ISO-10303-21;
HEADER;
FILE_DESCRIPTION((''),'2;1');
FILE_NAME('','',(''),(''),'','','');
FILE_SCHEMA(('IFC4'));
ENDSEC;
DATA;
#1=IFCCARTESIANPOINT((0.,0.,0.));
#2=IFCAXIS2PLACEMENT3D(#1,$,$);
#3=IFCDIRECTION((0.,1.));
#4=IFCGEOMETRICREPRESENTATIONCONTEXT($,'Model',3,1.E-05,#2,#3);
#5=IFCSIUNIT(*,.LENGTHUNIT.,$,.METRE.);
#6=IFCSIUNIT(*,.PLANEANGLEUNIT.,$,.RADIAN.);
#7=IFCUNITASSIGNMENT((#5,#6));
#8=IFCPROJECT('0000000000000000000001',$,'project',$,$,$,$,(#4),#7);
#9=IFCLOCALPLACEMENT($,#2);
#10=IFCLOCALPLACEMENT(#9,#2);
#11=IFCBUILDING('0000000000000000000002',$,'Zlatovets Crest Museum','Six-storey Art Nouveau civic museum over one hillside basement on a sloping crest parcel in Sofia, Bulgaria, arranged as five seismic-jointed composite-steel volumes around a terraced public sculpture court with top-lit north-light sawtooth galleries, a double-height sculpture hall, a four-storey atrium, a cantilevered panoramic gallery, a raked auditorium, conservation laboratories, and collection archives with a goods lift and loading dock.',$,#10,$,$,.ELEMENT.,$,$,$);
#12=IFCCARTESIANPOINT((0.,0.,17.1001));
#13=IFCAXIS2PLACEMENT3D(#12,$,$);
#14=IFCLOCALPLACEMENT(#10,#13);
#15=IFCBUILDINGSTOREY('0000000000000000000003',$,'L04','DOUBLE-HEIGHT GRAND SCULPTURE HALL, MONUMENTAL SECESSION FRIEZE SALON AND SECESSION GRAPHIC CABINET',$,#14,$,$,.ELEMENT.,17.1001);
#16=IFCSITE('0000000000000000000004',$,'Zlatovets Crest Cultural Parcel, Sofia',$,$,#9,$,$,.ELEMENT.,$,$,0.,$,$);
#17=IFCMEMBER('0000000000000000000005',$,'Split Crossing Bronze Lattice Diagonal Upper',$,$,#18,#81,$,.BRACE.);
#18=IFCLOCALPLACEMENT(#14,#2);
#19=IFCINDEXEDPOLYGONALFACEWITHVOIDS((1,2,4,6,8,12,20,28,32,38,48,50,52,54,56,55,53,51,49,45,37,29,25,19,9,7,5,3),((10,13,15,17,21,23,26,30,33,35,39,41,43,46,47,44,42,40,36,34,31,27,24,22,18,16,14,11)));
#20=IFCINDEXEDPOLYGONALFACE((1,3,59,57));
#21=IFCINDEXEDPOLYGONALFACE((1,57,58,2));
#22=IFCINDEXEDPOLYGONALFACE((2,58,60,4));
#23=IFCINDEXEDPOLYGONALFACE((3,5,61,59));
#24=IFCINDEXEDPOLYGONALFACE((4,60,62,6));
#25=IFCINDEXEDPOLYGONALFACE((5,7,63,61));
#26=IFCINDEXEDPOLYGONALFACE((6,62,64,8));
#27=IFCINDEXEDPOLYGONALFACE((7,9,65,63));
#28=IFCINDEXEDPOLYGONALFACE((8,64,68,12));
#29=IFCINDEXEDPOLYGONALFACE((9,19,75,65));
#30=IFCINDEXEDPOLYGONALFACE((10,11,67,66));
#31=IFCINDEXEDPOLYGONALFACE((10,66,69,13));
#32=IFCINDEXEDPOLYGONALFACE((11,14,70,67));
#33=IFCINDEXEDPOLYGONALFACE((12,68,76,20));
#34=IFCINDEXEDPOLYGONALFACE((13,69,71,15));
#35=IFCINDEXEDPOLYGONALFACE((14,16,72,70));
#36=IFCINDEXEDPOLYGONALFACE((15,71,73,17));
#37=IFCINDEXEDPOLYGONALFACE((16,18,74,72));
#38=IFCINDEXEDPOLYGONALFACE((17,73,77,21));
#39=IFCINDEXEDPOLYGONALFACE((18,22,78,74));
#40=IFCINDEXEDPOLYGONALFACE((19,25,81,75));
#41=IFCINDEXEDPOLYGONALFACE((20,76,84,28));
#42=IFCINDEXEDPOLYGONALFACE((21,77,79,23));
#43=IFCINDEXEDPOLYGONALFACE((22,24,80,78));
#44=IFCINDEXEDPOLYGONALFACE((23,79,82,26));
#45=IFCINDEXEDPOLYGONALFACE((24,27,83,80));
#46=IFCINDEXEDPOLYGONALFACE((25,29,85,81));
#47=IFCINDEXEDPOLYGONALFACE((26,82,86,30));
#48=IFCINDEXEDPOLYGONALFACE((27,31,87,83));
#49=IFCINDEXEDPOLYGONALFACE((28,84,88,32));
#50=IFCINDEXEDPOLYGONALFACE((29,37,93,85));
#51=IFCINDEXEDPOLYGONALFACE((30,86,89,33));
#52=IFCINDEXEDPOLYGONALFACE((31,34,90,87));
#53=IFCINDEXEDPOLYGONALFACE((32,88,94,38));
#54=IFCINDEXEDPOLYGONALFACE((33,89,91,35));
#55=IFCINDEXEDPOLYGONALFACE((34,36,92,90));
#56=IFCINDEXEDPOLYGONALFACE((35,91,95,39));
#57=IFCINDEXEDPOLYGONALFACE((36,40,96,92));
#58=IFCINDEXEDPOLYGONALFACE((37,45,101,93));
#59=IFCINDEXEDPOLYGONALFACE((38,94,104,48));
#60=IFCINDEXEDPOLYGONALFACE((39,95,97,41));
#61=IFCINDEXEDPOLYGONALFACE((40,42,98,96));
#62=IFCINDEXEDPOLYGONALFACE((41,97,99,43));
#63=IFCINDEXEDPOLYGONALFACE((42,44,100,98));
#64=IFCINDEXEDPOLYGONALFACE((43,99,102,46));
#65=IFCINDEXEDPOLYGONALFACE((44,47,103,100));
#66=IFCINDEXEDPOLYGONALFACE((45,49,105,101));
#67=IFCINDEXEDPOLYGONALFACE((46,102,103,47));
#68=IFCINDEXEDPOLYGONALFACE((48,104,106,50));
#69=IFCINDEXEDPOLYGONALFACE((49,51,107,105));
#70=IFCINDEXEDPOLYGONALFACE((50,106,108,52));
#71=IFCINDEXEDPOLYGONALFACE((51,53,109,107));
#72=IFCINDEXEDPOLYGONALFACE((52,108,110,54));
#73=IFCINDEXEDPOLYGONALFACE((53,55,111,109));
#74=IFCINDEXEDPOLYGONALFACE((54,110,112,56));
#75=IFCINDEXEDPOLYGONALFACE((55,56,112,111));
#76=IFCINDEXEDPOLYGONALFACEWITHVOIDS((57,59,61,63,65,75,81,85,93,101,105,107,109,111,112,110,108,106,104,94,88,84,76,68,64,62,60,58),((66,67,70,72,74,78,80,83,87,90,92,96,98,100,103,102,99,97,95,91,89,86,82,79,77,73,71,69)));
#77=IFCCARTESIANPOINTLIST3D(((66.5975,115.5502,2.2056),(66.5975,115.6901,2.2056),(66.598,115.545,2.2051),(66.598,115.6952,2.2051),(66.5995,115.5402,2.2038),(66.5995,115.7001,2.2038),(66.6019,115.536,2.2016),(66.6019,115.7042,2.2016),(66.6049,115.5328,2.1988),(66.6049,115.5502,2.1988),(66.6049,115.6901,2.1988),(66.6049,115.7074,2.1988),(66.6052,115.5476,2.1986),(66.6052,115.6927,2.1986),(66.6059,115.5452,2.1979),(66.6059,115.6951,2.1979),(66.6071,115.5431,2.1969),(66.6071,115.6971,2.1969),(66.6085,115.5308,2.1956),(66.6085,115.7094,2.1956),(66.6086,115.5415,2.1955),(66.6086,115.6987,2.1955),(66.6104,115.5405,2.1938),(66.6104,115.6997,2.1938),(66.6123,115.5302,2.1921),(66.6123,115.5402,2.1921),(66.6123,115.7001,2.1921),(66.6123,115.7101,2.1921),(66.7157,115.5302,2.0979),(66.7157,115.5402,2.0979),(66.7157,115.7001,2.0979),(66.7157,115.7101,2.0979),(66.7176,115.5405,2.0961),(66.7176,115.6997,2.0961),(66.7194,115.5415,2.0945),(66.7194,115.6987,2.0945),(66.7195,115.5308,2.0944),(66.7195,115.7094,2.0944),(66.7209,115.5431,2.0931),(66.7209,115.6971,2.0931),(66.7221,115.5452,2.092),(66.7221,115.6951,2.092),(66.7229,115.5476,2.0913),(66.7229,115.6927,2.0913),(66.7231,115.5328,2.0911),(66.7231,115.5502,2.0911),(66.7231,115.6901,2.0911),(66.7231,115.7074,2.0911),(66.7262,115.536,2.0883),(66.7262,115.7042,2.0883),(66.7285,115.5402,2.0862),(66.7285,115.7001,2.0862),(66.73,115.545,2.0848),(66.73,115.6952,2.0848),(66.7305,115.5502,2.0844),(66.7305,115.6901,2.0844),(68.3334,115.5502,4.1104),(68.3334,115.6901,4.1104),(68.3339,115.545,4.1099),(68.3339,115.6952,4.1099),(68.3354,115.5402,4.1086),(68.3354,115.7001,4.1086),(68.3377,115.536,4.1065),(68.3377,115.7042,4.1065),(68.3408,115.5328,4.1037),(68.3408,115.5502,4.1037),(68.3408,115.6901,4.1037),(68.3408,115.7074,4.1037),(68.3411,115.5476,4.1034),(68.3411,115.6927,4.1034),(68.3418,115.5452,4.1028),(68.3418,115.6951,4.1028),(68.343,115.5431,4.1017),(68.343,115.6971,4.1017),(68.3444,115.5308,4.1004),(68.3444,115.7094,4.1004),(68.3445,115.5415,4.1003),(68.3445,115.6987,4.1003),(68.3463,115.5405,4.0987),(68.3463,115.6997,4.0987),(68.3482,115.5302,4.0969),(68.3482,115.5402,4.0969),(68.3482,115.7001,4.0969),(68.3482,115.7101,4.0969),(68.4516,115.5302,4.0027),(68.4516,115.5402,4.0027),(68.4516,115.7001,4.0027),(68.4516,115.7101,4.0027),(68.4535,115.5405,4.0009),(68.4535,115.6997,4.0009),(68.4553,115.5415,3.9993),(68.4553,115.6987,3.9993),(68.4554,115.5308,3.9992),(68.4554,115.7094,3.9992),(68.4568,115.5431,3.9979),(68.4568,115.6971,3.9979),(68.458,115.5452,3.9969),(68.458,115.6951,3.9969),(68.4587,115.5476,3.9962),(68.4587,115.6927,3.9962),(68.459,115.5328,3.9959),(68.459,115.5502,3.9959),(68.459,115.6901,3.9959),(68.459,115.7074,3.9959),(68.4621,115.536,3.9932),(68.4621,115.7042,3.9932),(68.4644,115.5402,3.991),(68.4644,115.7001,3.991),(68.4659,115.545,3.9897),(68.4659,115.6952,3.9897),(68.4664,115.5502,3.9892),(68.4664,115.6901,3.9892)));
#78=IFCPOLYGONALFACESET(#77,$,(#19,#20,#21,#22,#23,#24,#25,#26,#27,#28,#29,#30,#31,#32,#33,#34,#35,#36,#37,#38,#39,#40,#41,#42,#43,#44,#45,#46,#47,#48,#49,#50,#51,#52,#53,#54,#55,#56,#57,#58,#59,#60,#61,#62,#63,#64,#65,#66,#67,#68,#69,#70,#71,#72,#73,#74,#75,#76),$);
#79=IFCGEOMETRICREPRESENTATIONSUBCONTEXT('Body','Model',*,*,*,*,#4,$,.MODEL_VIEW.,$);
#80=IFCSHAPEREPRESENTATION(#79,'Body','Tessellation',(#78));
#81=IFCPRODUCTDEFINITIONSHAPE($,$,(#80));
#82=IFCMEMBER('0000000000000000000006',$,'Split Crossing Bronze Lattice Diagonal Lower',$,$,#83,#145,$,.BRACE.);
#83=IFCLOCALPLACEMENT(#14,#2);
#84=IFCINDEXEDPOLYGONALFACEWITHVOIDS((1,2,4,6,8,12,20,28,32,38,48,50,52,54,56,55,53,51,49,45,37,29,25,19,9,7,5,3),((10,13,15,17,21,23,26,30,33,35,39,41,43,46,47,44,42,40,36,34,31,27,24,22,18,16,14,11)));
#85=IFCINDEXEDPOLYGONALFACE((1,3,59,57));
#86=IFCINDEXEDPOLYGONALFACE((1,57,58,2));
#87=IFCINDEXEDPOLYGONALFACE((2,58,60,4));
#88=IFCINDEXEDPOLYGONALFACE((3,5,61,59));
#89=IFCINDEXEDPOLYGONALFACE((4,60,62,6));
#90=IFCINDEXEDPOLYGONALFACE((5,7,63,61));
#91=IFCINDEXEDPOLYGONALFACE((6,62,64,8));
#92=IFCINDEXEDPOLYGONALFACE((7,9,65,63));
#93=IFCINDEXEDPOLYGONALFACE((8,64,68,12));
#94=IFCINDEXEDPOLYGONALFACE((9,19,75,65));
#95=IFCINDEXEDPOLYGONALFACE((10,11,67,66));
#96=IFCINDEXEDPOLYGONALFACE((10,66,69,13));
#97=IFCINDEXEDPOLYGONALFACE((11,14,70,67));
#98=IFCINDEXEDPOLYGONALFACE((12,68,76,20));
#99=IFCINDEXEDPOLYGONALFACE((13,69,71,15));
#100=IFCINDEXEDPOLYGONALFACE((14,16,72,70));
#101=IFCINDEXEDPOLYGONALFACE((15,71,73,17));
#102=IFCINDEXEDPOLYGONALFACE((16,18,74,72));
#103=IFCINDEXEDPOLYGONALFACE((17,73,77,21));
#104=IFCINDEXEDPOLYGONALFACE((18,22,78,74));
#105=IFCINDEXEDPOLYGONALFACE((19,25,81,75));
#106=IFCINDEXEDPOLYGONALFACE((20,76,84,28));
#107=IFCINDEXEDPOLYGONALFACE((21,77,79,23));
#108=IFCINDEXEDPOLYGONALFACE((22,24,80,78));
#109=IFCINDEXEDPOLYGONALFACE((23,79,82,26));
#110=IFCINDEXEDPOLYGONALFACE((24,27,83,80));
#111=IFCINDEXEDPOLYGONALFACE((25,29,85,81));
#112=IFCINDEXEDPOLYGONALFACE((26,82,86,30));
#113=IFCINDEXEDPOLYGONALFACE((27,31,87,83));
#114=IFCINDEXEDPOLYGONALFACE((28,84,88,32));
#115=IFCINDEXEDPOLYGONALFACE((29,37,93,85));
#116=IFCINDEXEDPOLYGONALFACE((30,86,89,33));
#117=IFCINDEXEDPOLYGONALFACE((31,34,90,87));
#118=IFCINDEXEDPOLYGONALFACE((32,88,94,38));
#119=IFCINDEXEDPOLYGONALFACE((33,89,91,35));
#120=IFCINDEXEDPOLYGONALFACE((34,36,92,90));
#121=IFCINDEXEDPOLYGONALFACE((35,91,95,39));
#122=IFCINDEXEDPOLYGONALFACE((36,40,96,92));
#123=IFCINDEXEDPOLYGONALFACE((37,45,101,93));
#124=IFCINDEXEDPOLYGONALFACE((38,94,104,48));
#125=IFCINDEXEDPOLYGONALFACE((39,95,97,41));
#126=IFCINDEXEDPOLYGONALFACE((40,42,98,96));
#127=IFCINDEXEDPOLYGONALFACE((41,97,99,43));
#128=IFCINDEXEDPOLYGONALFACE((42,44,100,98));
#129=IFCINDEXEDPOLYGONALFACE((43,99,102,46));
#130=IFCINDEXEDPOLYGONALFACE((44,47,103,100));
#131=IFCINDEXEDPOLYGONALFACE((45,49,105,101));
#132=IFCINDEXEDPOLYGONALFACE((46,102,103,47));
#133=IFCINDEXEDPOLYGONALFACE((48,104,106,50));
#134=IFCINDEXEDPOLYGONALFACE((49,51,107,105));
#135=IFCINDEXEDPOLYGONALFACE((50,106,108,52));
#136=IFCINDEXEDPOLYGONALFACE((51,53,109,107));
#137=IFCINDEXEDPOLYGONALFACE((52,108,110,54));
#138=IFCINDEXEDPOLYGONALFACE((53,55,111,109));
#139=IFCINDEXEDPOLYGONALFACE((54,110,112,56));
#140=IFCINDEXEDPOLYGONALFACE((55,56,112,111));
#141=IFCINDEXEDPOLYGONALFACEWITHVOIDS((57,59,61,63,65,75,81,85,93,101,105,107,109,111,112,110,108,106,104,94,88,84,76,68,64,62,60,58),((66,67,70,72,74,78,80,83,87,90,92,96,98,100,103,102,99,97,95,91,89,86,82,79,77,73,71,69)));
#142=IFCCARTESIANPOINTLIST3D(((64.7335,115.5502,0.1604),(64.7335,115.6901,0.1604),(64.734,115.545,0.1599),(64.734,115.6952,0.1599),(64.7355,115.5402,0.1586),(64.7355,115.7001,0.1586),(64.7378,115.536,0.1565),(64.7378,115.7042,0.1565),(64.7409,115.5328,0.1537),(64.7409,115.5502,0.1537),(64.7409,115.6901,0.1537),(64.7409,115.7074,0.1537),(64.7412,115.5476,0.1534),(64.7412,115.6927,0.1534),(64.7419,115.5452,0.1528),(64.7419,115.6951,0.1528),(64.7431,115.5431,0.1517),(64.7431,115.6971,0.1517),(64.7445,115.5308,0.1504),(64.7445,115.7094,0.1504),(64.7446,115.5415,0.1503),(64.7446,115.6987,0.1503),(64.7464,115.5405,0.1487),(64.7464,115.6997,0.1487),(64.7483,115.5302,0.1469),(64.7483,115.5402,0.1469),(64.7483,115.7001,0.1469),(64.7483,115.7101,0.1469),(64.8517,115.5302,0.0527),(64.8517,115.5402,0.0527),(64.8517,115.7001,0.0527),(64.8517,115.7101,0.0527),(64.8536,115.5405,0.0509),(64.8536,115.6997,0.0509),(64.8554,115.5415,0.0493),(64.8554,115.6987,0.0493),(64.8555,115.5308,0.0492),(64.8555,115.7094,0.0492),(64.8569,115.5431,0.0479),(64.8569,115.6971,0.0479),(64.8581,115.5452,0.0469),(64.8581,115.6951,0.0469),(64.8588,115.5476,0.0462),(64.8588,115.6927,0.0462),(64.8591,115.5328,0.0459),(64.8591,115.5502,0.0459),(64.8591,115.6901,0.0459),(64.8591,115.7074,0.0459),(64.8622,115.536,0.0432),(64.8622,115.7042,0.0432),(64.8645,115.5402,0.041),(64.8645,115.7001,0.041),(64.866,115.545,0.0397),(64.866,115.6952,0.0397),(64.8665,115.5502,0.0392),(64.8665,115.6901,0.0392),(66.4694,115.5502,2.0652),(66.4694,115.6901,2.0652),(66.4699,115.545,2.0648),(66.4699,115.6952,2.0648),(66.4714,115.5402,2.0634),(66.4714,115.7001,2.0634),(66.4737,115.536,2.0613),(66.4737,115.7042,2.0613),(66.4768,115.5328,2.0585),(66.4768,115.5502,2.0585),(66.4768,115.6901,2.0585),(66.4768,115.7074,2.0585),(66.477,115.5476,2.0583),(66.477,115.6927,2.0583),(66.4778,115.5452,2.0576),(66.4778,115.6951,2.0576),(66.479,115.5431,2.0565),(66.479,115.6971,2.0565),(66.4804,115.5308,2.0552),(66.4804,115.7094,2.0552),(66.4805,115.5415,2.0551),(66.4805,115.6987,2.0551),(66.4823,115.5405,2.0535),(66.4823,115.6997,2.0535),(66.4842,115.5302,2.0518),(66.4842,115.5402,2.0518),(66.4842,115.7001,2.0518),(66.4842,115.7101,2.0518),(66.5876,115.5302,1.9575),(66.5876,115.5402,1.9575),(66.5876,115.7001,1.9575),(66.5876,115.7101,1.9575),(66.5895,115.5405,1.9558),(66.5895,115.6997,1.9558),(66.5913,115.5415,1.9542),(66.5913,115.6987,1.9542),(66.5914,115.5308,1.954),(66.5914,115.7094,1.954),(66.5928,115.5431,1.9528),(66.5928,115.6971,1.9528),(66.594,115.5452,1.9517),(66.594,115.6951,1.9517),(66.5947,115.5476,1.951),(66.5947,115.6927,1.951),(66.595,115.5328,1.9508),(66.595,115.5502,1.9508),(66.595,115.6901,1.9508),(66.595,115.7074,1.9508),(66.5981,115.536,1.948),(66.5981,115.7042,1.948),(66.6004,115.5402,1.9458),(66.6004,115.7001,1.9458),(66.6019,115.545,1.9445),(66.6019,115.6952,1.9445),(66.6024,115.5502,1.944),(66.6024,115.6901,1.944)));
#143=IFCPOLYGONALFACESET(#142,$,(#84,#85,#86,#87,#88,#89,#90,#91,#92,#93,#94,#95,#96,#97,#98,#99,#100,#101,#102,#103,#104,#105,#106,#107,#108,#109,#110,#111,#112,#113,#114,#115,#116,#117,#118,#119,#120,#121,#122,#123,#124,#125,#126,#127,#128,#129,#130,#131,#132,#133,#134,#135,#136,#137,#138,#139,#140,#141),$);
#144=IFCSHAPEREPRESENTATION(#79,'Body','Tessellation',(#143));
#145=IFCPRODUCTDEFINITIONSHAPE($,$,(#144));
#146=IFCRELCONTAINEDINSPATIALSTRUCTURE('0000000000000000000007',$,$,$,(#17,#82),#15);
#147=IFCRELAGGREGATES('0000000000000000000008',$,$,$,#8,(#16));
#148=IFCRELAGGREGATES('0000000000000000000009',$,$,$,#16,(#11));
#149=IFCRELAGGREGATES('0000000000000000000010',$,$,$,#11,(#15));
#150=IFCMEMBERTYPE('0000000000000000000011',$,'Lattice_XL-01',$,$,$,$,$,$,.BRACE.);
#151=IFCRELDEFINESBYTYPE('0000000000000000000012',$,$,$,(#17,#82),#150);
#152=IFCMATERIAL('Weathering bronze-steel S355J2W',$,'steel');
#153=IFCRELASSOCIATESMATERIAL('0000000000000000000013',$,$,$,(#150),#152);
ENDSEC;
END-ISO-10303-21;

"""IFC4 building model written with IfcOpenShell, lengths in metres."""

from ifc_helpers import new_model, si_unit, direction, frame, origin, origin_2d, place, context, subcontext, project, spatial, hollow_rectangle, extrude, material, material_profile, profile_set, type_object, element, save


model = new_model("IFC4")

# Units and contexts
model_context = context("Model", 3, precision=1e-05, world=origin(), true_north=direction((0.0, 1.0)))
body_context = subcontext(model_context, "Body", "Model", "MODEL_VIEW")
ifc_project = project(units=[si_unit("LENGTHUNIT", "METRE"), si_unit("PLANEANGLEUNIT", "RADIAN")], contexts=[model_context])

# Site, building, storey
site_placement = place(None, origin())
site = spatial("IfcSite", under=ifc_project, at=site_placement, Name="Zlatovets Crest Cultural Parcel, Sofia", CompositionType="ELEMENT", RefElevation=0.0)
building_placement = place(site_placement, origin())
building = spatial("IfcBuilding", under=site, at=building_placement, Name="Zlatovets Crest Museum", Description="Six-storey Art Nouveau civic museum over one hillside basement on a sloping crest parcel in Sofia, Bulgaria, arranged as five seismic-jointed composite-steel volumes around a terraced public sculpture court with top-lit north-light sawtooth galleries, a double-height sculpture hall, a four-storey atrium, a cantilevered panoramic gallery, a raked auditorium, conservation laboratories, and collection archives with a goods lift and loading dock.", CompositionType="ELEMENT")
storey_placement = place(building_placement, frame((0.0, 0.0, 17.1001)))
storey = spatial("IfcBuildingStorey", under=building, at=storey_placement, Name="L04", Description="DOUBLE-HEIGHT GRAND SCULPTURE HALL, MONUMENTAL SECESSION FRIEZE SALON AND SECESSION GRAPHIC CABINET", CompositionType="ELEMENT", Elevation=17.1001)

# Members
ifc_material_1 = material(Name="Weathering bronze-steel S355J2W", Category="steel")
ifc_material_profile_1 = material_profile(ifc_material_1, hollow_rectangle(XDim=0.1799, YDim=0.1799, WallThickness=0.01, InnerFilletRadius=0.01, OuterFilletRadius=0.02, at=origin_2d()), Name="SHS 180x180x10.0")
ifc_profile_set_1 = profile_set([ifc_material_profile_1], Name="Weathering bronze-steel S355J2W")
member_type_1 = type_object("IfcMemberType", Name="Lattice_XL-01", PredefinedType="BRACE", material=ifc_profile_set_1)
for number, where, z_axis, x_axis, name in (
    (1, (68.3999, 115.6201, 4.0498), (-0.673568, 0.0, -0.739125), (0.0, -1.0, 0.0), "Split Crossing Bronze Lattice Diagonal Upper"),
    (2, (66.5359, 115.6201, 2.0046), (-0.673568, 0.0, -0.739125), (0.0, -1.0, 0.0), "Split Crossing Bronze Lattice Diagonal Lower"),
):
    element("IfcMember", number, at=place(storey_placement, frame(where, z_axis=z_axis, x_axis=x_axis)), inside=storey, type_object=member_type_1, Name=name, PredefinedType="BRACE", context=body_context, shape_type="SweptSolid", body=[
        extrude(hollow_rectangle(XDim=0.1799, YDim=0.1799, WallThickness=0.01, InnerFilletRadius=0.01, OuterFilletRadius=0.02, at=origin_2d()), origin(), (0.0, 0.0, 1.0), 2.5771),
    ])

save(model, "model.ifc")
